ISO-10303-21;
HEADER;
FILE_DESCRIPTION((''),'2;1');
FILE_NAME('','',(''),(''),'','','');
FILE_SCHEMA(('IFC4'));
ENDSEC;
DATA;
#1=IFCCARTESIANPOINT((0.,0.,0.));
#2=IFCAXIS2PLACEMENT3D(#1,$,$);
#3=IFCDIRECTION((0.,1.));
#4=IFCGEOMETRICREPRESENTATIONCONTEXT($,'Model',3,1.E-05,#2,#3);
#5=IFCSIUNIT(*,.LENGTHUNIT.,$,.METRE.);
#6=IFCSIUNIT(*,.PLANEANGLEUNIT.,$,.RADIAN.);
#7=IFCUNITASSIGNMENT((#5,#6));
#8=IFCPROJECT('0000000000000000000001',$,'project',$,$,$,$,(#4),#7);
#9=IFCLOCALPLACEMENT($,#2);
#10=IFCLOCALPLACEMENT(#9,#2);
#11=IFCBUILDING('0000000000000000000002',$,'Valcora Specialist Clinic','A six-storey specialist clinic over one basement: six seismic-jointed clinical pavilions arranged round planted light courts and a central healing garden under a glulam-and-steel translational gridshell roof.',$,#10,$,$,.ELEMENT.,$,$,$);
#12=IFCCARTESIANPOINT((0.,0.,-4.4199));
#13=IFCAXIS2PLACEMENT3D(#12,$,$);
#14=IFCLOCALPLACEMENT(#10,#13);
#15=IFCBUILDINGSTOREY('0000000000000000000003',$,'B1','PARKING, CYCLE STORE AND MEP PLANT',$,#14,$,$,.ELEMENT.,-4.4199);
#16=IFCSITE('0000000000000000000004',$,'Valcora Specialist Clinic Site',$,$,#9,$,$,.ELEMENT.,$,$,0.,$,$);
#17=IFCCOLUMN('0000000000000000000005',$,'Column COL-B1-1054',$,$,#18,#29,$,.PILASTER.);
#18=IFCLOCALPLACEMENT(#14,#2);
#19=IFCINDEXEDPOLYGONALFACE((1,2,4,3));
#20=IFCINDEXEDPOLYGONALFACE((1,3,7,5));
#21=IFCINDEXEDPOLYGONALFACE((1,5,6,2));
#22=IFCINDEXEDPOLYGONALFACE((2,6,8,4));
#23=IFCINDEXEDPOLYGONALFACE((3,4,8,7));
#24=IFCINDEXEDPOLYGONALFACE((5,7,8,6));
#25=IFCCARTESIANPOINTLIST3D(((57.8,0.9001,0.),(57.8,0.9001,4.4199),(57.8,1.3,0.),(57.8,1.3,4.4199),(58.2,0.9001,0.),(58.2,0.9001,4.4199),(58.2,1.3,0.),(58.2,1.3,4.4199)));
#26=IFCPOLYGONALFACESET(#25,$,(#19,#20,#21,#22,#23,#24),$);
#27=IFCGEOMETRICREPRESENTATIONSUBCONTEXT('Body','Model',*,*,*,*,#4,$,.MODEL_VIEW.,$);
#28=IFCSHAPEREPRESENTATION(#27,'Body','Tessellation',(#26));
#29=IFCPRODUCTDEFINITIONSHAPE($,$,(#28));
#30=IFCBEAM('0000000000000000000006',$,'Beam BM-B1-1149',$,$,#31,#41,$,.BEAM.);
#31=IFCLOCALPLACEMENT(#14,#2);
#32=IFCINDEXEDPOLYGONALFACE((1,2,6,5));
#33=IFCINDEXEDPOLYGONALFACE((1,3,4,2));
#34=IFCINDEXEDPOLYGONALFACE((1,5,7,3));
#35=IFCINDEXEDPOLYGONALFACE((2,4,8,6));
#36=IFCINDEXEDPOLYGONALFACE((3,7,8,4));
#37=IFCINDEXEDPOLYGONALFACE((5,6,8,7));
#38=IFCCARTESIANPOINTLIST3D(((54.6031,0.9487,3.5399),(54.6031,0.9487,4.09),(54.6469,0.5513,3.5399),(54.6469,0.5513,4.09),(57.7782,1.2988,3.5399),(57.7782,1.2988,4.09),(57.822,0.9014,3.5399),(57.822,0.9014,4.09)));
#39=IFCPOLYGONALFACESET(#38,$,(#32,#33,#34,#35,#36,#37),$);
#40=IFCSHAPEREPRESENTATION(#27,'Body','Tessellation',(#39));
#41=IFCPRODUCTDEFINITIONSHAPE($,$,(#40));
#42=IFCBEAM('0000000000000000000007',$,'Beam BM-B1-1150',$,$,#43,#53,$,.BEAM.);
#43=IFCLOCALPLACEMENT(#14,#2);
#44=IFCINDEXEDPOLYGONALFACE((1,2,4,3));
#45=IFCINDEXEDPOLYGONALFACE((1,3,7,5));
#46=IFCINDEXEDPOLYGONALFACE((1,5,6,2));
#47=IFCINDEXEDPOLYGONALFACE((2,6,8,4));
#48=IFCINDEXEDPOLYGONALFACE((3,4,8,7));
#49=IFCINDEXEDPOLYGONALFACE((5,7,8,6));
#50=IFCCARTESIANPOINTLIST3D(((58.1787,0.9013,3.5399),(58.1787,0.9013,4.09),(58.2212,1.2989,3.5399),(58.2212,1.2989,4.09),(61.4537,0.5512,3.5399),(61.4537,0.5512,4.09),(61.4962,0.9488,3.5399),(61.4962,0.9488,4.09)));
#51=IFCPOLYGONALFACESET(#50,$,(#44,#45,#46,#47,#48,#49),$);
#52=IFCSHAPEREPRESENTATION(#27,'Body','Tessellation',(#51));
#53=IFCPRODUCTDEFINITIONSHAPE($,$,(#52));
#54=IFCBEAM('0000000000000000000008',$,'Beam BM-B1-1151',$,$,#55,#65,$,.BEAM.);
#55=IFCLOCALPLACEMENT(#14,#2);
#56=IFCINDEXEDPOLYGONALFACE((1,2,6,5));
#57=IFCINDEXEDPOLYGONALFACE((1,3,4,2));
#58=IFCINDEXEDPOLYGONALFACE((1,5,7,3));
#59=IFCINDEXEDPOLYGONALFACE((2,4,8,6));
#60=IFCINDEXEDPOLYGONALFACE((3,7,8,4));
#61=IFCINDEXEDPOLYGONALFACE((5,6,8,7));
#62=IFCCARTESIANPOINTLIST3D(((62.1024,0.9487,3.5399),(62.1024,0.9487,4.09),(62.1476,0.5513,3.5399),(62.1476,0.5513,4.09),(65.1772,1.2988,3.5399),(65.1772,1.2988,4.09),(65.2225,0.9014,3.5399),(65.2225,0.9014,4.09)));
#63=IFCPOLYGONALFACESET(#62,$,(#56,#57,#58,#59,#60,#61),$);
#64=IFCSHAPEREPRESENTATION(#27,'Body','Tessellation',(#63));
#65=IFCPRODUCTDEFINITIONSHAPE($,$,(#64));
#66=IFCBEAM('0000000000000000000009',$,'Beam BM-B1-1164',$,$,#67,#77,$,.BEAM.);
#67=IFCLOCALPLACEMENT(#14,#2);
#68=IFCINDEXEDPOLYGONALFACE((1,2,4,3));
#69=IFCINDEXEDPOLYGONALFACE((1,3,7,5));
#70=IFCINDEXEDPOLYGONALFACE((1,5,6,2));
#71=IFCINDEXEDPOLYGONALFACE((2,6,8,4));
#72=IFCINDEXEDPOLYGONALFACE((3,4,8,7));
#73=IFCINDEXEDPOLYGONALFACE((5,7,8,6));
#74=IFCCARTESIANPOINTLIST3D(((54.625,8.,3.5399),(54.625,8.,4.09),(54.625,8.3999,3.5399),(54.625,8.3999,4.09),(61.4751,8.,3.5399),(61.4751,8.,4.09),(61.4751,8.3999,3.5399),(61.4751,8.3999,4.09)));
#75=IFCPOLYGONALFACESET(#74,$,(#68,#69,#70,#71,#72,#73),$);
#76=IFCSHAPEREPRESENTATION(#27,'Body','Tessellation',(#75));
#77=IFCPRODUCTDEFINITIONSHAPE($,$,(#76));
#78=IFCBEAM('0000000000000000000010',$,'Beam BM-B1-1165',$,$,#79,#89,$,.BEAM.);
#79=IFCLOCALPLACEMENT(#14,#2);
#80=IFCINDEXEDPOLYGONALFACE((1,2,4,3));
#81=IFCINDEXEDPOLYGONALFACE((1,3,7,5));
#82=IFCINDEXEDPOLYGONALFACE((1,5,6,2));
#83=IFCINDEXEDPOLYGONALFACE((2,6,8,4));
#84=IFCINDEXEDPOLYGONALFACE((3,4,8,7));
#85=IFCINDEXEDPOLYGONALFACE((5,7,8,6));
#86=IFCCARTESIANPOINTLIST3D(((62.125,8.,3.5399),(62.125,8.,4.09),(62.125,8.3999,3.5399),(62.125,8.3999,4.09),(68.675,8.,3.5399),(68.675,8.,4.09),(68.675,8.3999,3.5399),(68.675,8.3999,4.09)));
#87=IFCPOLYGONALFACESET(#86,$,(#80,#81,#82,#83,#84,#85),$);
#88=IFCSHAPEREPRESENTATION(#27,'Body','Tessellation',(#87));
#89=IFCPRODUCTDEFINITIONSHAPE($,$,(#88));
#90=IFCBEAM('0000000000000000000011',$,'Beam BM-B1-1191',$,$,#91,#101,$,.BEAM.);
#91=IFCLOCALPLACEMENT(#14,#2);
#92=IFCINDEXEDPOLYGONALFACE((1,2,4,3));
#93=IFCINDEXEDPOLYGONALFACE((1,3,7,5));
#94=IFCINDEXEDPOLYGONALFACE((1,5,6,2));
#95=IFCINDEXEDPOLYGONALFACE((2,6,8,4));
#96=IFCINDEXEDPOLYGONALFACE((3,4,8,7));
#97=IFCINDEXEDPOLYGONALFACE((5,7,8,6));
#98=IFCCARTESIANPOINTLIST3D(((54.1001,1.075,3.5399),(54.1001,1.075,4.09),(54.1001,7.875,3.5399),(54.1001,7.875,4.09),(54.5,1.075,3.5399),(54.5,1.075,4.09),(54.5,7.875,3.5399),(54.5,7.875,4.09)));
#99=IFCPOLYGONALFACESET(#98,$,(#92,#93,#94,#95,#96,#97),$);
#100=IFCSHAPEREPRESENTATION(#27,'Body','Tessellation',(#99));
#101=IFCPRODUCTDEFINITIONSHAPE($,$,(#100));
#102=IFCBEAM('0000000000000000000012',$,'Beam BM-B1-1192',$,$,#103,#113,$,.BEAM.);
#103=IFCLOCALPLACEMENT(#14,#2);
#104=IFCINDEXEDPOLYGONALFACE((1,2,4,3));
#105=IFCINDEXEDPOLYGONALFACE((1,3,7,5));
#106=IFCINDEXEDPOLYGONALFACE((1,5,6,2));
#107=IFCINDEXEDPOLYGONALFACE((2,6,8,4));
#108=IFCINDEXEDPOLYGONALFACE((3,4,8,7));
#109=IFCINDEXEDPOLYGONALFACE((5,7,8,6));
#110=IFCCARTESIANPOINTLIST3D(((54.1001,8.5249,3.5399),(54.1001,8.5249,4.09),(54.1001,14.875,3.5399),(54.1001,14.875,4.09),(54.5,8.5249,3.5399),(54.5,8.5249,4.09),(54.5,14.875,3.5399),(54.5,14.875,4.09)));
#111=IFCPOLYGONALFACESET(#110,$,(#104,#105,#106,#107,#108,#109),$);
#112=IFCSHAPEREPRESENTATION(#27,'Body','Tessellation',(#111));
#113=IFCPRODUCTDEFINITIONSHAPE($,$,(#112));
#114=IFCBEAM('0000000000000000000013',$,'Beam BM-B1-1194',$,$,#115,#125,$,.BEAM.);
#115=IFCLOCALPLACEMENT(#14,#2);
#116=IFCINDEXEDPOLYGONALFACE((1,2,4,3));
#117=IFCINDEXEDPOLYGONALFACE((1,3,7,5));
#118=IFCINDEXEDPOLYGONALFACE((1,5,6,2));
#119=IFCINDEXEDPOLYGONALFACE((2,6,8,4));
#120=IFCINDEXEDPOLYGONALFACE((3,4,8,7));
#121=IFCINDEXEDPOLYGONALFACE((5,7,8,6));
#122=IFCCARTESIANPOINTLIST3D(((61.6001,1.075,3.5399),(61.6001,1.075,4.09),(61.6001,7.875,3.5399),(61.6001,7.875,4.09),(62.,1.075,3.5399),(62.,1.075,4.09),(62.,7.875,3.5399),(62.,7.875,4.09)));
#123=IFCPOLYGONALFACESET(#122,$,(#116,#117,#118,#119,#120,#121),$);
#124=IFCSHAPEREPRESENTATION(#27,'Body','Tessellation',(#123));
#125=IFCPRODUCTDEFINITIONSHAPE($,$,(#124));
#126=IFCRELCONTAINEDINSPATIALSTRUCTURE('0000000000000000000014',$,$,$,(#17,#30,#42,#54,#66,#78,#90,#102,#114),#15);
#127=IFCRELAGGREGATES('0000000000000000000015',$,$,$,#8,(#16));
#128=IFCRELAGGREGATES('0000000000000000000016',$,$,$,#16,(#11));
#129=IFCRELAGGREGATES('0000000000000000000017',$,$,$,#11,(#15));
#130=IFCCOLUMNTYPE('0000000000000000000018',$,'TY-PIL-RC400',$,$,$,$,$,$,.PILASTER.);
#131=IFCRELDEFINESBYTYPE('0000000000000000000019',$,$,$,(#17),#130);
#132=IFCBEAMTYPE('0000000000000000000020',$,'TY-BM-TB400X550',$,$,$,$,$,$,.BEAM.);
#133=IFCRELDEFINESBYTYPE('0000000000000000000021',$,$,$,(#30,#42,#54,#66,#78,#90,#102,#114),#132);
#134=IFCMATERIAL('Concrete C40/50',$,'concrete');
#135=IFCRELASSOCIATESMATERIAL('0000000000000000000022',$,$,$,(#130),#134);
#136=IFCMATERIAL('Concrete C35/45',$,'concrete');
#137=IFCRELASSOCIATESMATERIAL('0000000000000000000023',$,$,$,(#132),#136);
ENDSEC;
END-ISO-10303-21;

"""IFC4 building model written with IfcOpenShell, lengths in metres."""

from ifc_helpers import new_model, si_unit, direction, frame, origin, origin_2d, place, context, subcontext, project, spatial, rectangle, extrude, material, material_profile, profile_set, type_object, element, save


model = new_model("IFC4")

# Units and contexts
model_context = context("Model", 3, precision=1e-05, world=origin(), true_north=direction((0.0, 1.0)))
body_context = subcontext(model_context, "Body", "Model", "MODEL_VIEW")
ifc_project = project(units=[si_unit("LENGTHUNIT", "METRE"), si_unit("PLANEANGLEUNIT", "RADIAN")], contexts=[model_context])

# Site, building, storey
site_placement = place(None, origin())
site = spatial("IfcSite", under=ifc_project, at=site_placement, Name="Valcora Specialist Clinic Site", CompositionType="ELEMENT", RefElevation=0.0)
building_placement = place(site_placement, origin())
building = spatial("IfcBuilding", under=site, at=building_placement, Name="Valcora Specialist Clinic", Description="A six-storey specialist clinic over one basement: six seismic-jointed clinical pavilions arranged round planted light courts and a central healing garden under a glulam-and-steel translational gridshell roof.", CompositionType="ELEMENT")
storey_placement = place(building_placement, frame((0.0, 0.0, -4.4199)))
storey = spatial("IfcBuildingStorey", under=building, at=storey_placement, Name="B1", Description="PARKING, CYCLE STORE AND MEP PLANT", CompositionType="ELEMENT", Elevation=-4.4199)

# Shared definitions
ifc_material_1 = material(Name="Concrete C35/45", Category="concrete")

# Column
ifc_material_2 = material(Name="Concrete C40/50", Category="concrete")
ifc_material_profile_1 = material_profile(ifc_material_2, rectangle(XDim=0.3999, YDim=0.3999, at=origin_2d()), Name="RC-COL-400X400")
ifc_profile_set_1 = profile_set([ifc_material_profile_1], Name="Concrete C40/50")
column_type_1 = type_object("IfcColumnType", Name="TY-PIL-RC400", PredefinedType="PILASTER", material=ifc_profile_set_1)
column_1_placement = place(storey_placement, frame((58.0, 1.1001, 0.0), z_axis=(0.0, 0.0, 1.0), x_axis=(1.0, 0.0, 0.0)))
element("IfcColumn", 1, at=column_1_placement, inside=storey, type_object=column_type_1, Name="Column COL-B1-1054", PredefinedType="PILASTER", context=body_context, shape_type="SweptSolid", body=[
    extrude(rectangle(XDim=0.3999, YDim=0.3999, at=origin_2d()), origin(), (0.0, 0.0, 1.0), 4.4199),
])

# Beams
ifc_material_profile_2 = material_profile(ifc_material_1, rectangle(XDim=0.3999, YDim=0.55, at=origin_2d()), Name="RC-TB-400X550")
ifc_profile_set_2 = profile_set([ifc_material_profile_2], Name="Concrete C35/45")
beam_type = type_object("IfcBeamType", Name="TY-BM-TB400X550", PredefinedType="BEAM", material=ifc_profile_set_2)
beam_1_placement = place(storey_placement, frame((54.625, 0.75, 3.8149), z_axis=(0.993976, 0.109601, 0.0), x_axis=(-0.109601, 0.993976, 0.0)))
element("IfcBeam", 2, at=beam_1_placement, inside=storey, type_object=beam_type, Name="Beam BM-B1-1149", PredefinedType="BEAM", context=body_context, shape_type="SweptSolid", body=[
    extrude(rectangle(XDim=0.3999, YDim=0.55, at=origin_2d()), origin(), (0.0, 0.0, 1.0), 3.1943),
])
beam_2_placement = place(storey_placement, frame((58.2, 1.1001, 3.8149), z_axis=(0.994335, -0.10629, 0.0), x_axis=(0.10629, 0.994335, 0.0)))
element("IfcBeam", 3, at=beam_2_placement, inside=storey, type_object=beam_type, Name="Beam BM-B1-1150", PredefinedType="BEAM", context=body_context, shape_type="SweptSolid", body=[
    extrude(rectangle(XDim=0.3999, YDim=0.55, at=origin_2d()), origin(), (0.0, 0.0, 1.0), 3.2937),
])
beam_3_placement = place(storey_placement, frame((62.125, 0.75, 3.8149), z_axis=(0.993581, 0.113124, 0.0), x_axis=(-0.113124, 0.993581, 0.0)))
element("IfcBeam", 4, at=beam_3_placement, inside=storey, type_object=beam_type, Name="Beam BM-B1-1151", PredefinedType="BEAM", context=body_context, shape_type="SweptSolid", body=[
    extrude(rectangle(XDim=0.3999, YDim=0.55, at=origin_2d()), origin(), (0.0, 0.0, 1.0), 3.0947),
])
beam_4_placement = place(storey_placement, frame((54.625, 8.2, 3.8149), z_axis=(1.0, 0.0, 0.0), x_axis=(0.0, 1.0, 0.0)))
element("IfcBeam", 5, at=beam_4_placement, inside=storey, type_object=beam_type, Name="Beam BM-B1-1164", PredefinedType="BEAM", context=body_context, shape_type="SweptSolid", body=[
    extrude(rectangle(XDim=0.3999, YDim=0.55, at=origin_2d()), origin(), (0.0, 0.0, 1.0), 6.8501),
])
beam_5_placement = place(storey_placement, frame((62.125, 8.2, 3.8149), z_axis=(1.0, 0.0, 0.0), x_axis=(0.0, 1.0, 0.0)))
element("IfcBeam", 6, at=beam_5_placement, inside=storey, type_object=beam_type, Name="Beam BM-B1-1165", PredefinedType="BEAM", context=body_context, shape_type="SweptSolid", body=[
    extrude(rectangle(XDim=0.3999, YDim=0.55, at=origin_2d()), origin(), (0.0, 0.0, 1.0), 6.55),
])
beam_6_placement = place(storey_placement, frame((54.3, 1.075, 3.8149), z_axis=(0.0, 1.0, 0.0), x_axis=(-1.0, 0.0, 0.0)))
element("IfcBeam", 7, at=beam_6_placement, inside=storey, type_object=beam_type, Name="Beam BM-B1-1191", PredefinedType="BEAM", context=body_context, shape_type="SweptSolid", body=[
    extrude(rectangle(XDim=0.3999, YDim=0.55, at=origin_2d()), origin(), (0.0, 0.0, 1.0), 6.8),
])
beam_7_placement = place(storey_placement, frame((54.3, 8.5249, 3.8149), z_axis=(0.0, 1.0, 0.0), x_axis=(-1.0, 0.0, 0.0)))
element("IfcBeam", 8, at=beam_7_placement, inside=storey, type_object=beam_type, Name="Beam BM-B1-1192", PredefinedType="BEAM", context=body_context, shape_type="SweptSolid", body=[
    extrude(rectangle(XDim=0.3999, YDim=0.55, at=origin_2d()), origin(), (0.0, 0.0, 1.0), 6.3501),
])
beam_8_placement = place(storey_placement, frame((61.8, 1.075, 3.8149), z_axis=(0.0, 1.0, 0.0), x_axis=(-1.0, 0.0, 0.0)))
element("IfcBeam", 9, at=beam_8_placement, inside=storey, type_object=beam_type, Name="Beam BM-B1-1194", PredefinedType="BEAM", context=body_context, shape_type="SweptSolid", body=[
    extrude(rectangle(XDim=0.3999, YDim=0.55, at=origin_2d()), origin(), (0.0, 0.0, 1.0), 6.8),
])

save(model, "model.ifc")
